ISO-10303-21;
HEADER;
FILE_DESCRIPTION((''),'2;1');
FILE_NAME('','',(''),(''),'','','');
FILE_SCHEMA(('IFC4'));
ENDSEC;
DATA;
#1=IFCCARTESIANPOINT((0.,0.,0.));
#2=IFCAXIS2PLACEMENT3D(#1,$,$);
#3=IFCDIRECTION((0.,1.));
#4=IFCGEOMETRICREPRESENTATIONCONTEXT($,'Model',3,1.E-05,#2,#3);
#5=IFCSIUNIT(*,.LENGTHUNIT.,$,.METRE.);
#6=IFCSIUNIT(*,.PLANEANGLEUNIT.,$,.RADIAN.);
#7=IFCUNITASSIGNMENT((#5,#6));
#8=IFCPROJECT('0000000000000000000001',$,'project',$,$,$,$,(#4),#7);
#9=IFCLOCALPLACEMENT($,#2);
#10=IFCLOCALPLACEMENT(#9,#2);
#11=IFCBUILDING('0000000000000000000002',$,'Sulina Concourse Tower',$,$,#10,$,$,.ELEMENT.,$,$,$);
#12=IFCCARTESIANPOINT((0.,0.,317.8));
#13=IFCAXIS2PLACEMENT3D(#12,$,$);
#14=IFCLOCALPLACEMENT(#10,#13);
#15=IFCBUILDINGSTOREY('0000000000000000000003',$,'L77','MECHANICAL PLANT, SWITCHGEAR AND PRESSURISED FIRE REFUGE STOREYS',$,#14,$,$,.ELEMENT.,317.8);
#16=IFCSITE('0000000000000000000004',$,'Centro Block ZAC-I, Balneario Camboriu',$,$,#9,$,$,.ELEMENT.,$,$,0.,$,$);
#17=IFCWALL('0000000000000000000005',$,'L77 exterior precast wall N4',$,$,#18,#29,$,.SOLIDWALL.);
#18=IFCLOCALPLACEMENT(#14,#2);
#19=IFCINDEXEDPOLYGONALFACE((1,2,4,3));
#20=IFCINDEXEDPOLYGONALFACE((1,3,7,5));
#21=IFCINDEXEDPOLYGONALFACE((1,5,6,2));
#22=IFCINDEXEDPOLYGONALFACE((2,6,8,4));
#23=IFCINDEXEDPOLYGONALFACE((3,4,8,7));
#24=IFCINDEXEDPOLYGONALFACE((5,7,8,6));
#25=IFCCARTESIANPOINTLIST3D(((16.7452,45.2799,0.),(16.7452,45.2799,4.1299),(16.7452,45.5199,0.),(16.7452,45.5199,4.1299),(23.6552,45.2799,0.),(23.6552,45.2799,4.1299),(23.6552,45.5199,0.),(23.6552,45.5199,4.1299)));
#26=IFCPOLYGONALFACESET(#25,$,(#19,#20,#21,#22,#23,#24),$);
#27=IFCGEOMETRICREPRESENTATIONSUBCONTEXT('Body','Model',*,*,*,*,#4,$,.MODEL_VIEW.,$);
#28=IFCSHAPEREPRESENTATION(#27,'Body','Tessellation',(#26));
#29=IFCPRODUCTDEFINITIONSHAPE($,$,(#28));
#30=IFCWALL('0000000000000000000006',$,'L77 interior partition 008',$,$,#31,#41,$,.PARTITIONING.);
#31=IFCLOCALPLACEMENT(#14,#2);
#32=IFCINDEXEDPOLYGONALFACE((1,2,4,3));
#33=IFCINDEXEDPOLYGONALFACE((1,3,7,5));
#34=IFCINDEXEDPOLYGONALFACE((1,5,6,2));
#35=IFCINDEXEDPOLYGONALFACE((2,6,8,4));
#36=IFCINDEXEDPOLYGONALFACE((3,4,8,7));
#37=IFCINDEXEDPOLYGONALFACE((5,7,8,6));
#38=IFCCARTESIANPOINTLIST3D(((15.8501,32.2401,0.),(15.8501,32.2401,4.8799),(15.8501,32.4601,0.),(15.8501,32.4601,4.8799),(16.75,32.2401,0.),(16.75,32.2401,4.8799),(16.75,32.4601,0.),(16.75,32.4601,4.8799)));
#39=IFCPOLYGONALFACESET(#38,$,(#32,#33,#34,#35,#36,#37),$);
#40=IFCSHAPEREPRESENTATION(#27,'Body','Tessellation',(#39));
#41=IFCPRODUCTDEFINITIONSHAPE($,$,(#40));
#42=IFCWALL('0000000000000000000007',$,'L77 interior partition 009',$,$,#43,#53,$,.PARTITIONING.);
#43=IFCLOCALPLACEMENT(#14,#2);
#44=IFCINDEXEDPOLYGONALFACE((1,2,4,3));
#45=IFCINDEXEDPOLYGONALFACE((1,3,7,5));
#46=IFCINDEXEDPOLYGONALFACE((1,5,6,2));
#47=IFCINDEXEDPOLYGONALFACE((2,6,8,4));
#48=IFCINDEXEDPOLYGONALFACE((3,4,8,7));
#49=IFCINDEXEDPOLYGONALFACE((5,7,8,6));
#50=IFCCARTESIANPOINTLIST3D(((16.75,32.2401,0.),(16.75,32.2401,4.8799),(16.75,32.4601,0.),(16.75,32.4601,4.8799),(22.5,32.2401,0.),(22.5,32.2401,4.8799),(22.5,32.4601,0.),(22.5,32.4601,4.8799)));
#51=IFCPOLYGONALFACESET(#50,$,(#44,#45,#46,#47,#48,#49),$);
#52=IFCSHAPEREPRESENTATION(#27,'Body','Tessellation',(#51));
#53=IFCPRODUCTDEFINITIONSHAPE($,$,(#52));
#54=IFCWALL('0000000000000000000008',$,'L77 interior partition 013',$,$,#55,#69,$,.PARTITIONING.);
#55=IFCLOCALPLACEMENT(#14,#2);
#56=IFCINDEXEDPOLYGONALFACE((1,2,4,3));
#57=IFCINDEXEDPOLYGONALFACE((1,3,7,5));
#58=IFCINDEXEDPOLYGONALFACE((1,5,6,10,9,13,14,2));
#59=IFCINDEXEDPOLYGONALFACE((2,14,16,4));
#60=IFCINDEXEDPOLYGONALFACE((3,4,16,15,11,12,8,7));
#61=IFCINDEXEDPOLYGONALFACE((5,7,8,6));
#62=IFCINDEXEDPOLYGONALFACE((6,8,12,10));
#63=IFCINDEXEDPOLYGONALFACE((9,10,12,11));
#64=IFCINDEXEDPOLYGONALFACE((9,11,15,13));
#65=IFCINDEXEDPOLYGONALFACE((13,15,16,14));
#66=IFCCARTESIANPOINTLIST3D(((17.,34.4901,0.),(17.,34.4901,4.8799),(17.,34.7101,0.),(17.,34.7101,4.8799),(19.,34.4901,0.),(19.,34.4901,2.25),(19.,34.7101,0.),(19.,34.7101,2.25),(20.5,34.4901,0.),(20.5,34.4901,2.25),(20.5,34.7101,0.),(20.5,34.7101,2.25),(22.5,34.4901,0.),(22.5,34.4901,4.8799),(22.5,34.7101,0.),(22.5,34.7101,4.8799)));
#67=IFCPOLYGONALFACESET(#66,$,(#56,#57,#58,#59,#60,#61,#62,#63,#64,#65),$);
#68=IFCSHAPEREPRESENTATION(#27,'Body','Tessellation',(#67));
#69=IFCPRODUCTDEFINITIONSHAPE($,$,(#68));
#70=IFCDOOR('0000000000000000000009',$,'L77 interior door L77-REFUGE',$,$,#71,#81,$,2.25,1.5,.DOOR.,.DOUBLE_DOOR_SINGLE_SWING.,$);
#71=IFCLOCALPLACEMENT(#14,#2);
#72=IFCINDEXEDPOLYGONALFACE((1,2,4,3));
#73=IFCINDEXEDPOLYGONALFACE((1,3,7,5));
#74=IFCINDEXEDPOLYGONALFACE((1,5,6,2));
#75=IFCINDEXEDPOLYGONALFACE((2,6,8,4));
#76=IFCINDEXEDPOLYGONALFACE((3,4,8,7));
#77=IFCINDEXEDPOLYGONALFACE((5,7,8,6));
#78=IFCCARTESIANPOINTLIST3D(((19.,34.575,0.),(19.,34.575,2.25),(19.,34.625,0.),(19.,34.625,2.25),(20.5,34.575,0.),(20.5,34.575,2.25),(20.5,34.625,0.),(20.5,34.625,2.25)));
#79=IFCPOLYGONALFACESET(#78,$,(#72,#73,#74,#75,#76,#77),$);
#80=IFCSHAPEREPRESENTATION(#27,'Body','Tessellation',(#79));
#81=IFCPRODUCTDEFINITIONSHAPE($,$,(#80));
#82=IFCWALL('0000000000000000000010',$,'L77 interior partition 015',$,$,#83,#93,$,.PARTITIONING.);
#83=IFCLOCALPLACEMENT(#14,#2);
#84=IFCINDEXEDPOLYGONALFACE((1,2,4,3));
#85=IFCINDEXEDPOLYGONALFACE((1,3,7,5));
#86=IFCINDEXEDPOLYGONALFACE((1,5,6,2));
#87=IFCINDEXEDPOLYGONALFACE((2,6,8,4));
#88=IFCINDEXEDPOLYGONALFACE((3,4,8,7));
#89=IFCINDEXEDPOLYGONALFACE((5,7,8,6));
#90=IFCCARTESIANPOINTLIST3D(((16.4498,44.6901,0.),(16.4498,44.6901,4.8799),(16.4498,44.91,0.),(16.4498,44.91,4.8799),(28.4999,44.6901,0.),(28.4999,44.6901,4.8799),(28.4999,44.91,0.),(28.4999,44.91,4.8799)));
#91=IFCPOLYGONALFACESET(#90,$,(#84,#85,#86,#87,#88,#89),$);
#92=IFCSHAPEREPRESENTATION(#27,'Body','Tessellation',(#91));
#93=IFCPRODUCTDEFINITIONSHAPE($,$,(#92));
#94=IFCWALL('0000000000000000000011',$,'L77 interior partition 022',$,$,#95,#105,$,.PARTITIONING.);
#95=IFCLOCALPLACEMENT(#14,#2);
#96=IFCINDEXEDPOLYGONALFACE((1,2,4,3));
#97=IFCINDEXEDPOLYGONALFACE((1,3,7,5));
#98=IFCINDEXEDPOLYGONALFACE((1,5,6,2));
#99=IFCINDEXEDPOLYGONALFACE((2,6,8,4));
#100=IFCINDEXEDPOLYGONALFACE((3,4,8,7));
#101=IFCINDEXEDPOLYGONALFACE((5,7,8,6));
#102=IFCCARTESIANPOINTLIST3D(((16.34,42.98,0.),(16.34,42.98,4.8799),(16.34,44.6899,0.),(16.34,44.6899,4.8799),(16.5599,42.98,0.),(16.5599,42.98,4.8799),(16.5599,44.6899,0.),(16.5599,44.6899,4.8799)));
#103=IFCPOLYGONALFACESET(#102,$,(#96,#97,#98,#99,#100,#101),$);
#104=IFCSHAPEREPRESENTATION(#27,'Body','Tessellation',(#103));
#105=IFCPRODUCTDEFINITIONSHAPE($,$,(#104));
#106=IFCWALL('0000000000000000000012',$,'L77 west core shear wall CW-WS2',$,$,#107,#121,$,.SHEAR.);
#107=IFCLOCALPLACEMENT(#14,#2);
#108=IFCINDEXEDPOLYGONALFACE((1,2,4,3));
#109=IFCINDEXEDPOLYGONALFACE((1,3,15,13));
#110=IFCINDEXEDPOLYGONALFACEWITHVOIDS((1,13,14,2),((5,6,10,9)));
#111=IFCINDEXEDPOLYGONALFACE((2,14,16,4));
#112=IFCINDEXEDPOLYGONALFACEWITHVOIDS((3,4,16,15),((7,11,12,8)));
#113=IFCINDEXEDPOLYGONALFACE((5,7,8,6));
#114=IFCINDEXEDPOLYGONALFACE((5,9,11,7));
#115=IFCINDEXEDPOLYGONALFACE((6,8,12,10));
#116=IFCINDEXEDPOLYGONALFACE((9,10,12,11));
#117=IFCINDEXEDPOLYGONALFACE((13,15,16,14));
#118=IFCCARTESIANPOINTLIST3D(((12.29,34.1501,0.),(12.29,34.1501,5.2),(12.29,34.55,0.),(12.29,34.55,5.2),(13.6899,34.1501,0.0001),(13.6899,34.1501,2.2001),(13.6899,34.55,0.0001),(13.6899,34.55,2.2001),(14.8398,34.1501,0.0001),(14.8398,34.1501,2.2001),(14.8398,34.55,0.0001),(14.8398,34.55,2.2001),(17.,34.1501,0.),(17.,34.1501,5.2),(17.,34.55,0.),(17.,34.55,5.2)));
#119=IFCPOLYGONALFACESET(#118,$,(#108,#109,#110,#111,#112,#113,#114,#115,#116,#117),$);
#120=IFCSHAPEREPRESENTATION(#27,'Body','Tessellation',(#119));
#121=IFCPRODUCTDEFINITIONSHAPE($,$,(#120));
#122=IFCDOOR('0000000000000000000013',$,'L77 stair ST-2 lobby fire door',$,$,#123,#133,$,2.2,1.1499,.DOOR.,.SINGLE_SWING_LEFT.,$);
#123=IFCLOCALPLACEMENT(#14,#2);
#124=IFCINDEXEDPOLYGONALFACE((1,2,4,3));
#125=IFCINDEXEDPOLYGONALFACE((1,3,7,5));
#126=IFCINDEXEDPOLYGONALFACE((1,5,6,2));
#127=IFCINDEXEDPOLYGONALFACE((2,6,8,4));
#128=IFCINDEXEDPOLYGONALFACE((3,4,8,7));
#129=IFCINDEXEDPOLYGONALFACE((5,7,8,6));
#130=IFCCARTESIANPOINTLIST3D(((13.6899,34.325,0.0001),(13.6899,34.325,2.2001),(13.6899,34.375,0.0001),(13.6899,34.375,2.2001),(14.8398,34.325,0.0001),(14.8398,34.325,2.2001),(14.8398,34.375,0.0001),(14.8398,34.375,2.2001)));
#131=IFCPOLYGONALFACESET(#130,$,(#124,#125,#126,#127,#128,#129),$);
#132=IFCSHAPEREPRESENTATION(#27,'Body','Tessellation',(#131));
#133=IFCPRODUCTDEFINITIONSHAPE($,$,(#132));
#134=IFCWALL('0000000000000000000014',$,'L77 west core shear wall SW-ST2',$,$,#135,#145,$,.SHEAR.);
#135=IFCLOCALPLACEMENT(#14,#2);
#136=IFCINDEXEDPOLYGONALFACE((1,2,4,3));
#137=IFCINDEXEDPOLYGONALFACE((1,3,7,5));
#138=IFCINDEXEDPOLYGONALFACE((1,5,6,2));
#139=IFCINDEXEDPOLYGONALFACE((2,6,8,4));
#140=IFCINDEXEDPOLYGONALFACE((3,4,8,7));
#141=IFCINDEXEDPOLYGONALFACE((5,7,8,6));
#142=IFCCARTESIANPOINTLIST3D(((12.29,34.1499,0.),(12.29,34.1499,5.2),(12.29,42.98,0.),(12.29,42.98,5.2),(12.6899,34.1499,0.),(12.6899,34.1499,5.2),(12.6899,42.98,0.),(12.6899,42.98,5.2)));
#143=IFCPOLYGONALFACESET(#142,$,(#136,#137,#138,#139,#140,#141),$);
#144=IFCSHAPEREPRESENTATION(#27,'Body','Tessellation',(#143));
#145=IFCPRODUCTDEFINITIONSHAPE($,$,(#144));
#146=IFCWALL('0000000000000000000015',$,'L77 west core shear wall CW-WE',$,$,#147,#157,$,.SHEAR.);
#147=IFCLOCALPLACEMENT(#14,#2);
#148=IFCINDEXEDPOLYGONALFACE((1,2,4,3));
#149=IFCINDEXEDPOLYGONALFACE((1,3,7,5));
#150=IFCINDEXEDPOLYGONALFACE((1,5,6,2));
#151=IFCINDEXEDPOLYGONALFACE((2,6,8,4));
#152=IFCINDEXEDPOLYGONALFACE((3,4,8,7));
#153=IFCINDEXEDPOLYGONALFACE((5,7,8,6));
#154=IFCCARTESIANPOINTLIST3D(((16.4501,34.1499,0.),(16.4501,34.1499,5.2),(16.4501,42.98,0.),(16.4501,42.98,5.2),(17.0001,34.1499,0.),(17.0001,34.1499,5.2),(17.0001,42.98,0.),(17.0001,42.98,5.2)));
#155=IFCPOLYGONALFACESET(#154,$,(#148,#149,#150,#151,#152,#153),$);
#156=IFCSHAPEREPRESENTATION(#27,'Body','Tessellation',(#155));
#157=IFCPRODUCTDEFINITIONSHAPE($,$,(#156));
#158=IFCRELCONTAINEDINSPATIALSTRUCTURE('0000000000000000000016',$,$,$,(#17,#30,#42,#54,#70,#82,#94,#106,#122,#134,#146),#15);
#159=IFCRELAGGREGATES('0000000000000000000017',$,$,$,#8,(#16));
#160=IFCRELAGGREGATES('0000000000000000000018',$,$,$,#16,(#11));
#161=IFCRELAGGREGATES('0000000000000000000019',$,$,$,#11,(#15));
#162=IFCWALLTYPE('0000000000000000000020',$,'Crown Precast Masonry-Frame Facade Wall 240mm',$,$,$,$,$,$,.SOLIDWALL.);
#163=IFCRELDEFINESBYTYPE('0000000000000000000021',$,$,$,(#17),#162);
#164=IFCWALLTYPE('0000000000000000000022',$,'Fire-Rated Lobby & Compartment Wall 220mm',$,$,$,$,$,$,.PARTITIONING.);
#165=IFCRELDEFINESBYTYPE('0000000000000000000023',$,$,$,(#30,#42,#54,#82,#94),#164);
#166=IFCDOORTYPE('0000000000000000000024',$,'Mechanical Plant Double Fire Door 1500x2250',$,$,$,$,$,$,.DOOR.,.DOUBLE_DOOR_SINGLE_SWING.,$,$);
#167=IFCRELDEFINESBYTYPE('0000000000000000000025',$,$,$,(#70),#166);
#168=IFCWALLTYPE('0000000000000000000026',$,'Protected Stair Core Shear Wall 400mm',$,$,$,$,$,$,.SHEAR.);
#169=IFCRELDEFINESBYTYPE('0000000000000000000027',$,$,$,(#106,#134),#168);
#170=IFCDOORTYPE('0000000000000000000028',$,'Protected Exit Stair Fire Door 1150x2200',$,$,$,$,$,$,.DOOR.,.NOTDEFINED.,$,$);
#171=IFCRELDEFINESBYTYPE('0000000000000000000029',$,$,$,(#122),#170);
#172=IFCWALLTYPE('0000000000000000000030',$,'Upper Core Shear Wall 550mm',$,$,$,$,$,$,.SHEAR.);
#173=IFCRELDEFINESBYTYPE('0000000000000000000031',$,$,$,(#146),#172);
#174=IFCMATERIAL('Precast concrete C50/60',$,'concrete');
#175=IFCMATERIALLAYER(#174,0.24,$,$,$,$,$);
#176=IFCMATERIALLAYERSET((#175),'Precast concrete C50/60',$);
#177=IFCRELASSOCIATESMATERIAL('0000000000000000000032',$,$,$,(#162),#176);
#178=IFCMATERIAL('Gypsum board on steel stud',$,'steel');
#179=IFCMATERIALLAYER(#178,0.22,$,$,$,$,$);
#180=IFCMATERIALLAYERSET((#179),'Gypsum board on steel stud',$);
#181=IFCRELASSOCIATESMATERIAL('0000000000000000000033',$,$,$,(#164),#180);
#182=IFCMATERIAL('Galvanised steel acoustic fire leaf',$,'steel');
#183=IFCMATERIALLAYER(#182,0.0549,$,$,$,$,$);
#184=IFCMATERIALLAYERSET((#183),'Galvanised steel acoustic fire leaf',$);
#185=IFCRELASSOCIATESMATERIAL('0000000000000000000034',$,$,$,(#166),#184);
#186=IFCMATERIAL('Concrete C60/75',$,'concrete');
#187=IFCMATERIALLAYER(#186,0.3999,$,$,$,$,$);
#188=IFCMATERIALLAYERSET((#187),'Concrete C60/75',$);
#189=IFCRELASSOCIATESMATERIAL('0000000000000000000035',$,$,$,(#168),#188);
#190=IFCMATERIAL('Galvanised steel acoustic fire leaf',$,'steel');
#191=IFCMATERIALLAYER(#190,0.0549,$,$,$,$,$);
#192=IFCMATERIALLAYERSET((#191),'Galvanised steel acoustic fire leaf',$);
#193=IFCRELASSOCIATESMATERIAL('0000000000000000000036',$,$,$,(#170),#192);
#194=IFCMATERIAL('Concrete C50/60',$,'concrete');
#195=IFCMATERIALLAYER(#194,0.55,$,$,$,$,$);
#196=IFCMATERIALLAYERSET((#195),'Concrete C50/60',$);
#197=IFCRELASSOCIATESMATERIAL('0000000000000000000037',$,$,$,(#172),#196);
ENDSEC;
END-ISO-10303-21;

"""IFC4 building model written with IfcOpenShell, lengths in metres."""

from ifc_helpers import new_model, si_unit, direction, frame, frame_2d, origin, place, context, subcontext, project, spatial, rectangle, extrude, material, layer, layer_set, type_object, element, fill, save


model = new_model("IFC4")

# Units and contexts
model_context = context("Model", 3, precision=1e-05, world=origin(), true_north=direction((0.0, 1.0)))
body_context = subcontext(model_context, "Body", "Model", "MODEL_VIEW")
ifc_project = project(units=[si_unit("LENGTHUNIT", "METRE"), si_unit("PLANEANGLEUNIT", "RADIAN")], contexts=[model_context])

# Site, building, storey
site_placement = place(None, origin())
site = spatial("IfcSite", under=ifc_project, at=site_placement, Name="Centro Block ZAC-I, Balneario Camboriu", CompositionType="ELEMENT", RefElevation=0.0)
building_placement = place(site_placement, origin())
building = spatial("IfcBuilding", under=site, at=building_placement, Name="Sulina Concourse Tower", CompositionType="ELEMENT")
storey_placement = place(building_placement, frame((0.0, 0.0, 317.8)))
storey = spatial("IfcBuildingStorey", under=building, at=storey_placement, Name="L77", Description="MECHANICAL PLANT, SWITCHGEAR AND PRESSURISED FIRE REFUGE STOREYS", CompositionType="ELEMENT", Elevation=317.8)

# Walls
ifc_material_1 = material(Name="Precast concrete C50/60", Category="concrete")
ifc_layer_1 = layer(ifc_material_1, 0.24)
ifc_layer_set_1 = layer_set([ifc_layer_1], Name="Precast concrete C50/60")
wall_type_1 = type_object("IfcWallType", Name="Crown Precast Masonry-Frame Facade Wall 240mm", PredefinedType="SOLIDWALL", material=ifc_layer_set_1)
wall_1_placement = place(storey_placement, frame((16.7451, 45.3999, 0.0), z_axis=(0.0, 0.0, 1.0), x_axis=(1.0, 0.0, 0.0)))
element("IfcWall", 1, at=wall_1_placement, inside=storey, type_object=wall_type_1, Name="L77 exterior precast wall N4", PredefinedType="SOLIDWALL", context=body_context, shape_type="SweptSolid", body=[
    extrude(rectangle(XDim=6.9099, YDim=0.24, at=frame_2d((3.4551, 0.0))), origin(), (0.0, 0.0, 1.0), 4.1299),
])
ifc_material_2 = material(Name="Gypsum board on steel stud", Category="steel")
ifc_layer_2 = layer(ifc_material_2, 0.22)
ifc_layer_set_2 = layer_set([ifc_layer_2], Name="Gypsum board on steel stud")
wall_type_2 = type_object("IfcWallType", Name="Fire-Rated Lobby & Compartment Wall 220mm", PredefinedType="PARTITIONING", material=ifc_layer_set_2)
wall_2_placement = place(storey_placement, frame((15.8501, 32.3501, 0.0), z_axis=(0.0, 0.0, 1.0), x_axis=(1.0, 0.0, 0.0)))
element("IfcWall", 2, at=wall_2_placement, inside=storey, type_object=wall_type_2, Name="L77 interior partition 008", PredefinedType="PARTITIONING", context=body_context, shape_type="SweptSolid", body=[
    extrude(rectangle(XDim=0.8999, YDim=0.22, at=frame_2d((0.45, 0.0))), origin(), (0.0, 0.0, 1.0), 4.8799),
])
wall_3_placement = place(storey_placement, frame((16.75, 32.3501, 0.0), z_axis=(0.0, 0.0, 1.0), x_axis=(1.0, 0.0, 0.0)))
element("IfcWall", 3, at=wall_3_placement, inside=storey, type_object=wall_type_2, Name="L77 interior partition 009", PredefinedType="PARTITIONING", context=body_context, shape_type="SweptSolid", body=[
    extrude(rectangle(XDim=5.75, YDim=0.22, at=frame_2d((2.875, 0.0))), origin(), (0.0, 0.0, 1.0), 4.8799),
])

# Wall, opening, door
wall_4_placement = place(storey_placement, frame((17.0, 34.6001, 0.0), z_axis=(0.0, 0.0, 1.0), x_axis=(1.0, 0.0, 0.0)))
wall_4 = element("IfcWall", 4, at=wall_4_placement, inside=storey, type_object=wall_type_2, Name="L77 interior partition 013", PredefinedType="PARTITIONING", context=body_context, shape_type="SweptSolid", body=[
    extrude(rectangle(XDim=5.5, YDim=0.22, at=frame_2d((2.75, 0.0))), origin(), (0.0, 0.0, 1.0), 4.8799),
])
opening_1_placement = place(wall_4_placement, frame((2.0, 0.0, 0.0)))
opening_1 = element("IfcOpeningElement", 5, at=opening_1_placement, cuts=wall_4, PredefinedType="OPENING", context=body_context, shape_type="SweptSolid", body=[
    extrude(rectangle(XDim=1.5, YDim=2.25, at=frame_2d((0.75, 1.125))), frame((0.0, 0.1199, 0.0), z_axis=(0.0, -1.0, 0.0), x_axis=(1.0, 0.0, 0.0)), (0.0, 0.0, 1.0), 0.24),
])
ifc_material_3 = material(Name="Galvanised steel acoustic fire leaf", Category="steel")
ifc_layer_3 = layer(ifc_material_3, 0.0549)
ifc_layer_set_3 = layer_set([ifc_layer_3], Name="Galvanised steel acoustic fire leaf")
door_type_1 = type_object("IfcDoorType", Name="Mechanical Plant Double Fire Door 1500x2250", OperationType="DOUBLE_DOOR_SINGLE_SWING", PredefinedType="DOOR", material=ifc_layer_set_3)
door_1_placement = place(opening_1_placement, origin())
door_1 = element("IfcDoor", 6, at=door_1_placement, inside=storey, type_object=door_type_1, Name="L77 interior door L77-REFUGE", OperationType="DOUBLE_DOOR_SINGLE_SWING", OverallHeight=2.25, OverallWidth=1.5, PredefinedType="DOOR", context=body_context, shape_type="SweptSolid", body=[
    extrude(rectangle(XDim=1.5, YDim=2.25, at=frame_2d((0.75, 1.125))), frame((0.0, 0.0249, 0.0), z_axis=(0.0, -1.0, 0.0), x_axis=(1.0, 0.0, 0.0)), (0.0, 0.0, 1.0), 0.05),
])
fill(opening_1, door_1)

# Walls
wall_5_placement = place(storey_placement, frame((16.45, 44.8, 0.0), z_axis=(0.0, 0.0, 1.0), x_axis=(1.0, 0.0, 0.0)))
element("IfcWall", 7, at=wall_5_placement, inside=storey, type_object=wall_type_2, Name="L77 interior partition 015", PredefinedType="PARTITIONING", context=body_context, shape_type="SweptSolid", body=[
    extrude(rectangle(XDim=12.05, YDim=0.22, at=frame_2d((6.0249, 0.0))), origin(), (0.0, 0.0, 1.0), 4.8799),
])
wall_6_placement = place(storey_placement, frame((16.45, 42.98, 0.0), z_axis=(0.0, 0.0, 1.0), x_axis=(0.0, 1.0, 0.0)))
element("IfcWall", 8, at=wall_6_placement, inside=storey, type_object=wall_type_2, Name="L77 interior partition 022", PredefinedType="PARTITIONING", context=body_context, shape_type="SweptSolid", body=[
    extrude(rectangle(XDim=1.71, YDim=0.22, at=frame_2d((0.855, 0.0))), origin(), (0.0, 0.0, 1.0), 4.8799),
])

# Wall, opening, door
ifc_material_4 = material(Name="Concrete C60/75", Category="concrete")
ifc_layer_4 = layer(ifc_material_4, 0.3999)
ifc_layer_set_4 = layer_set([ifc_layer_4], Name="Concrete C60/75")
wall_type_3 = type_object("IfcWallType", Name="Protected Stair Core Shear Wall 400mm", PredefinedType="SHEAR", material=ifc_layer_set_4)
wall_7_placement = place(storey_placement, frame((12.29, 34.3501, 0.0), z_axis=(0.0, 0.0, 1.0), x_axis=(1.0, 0.0, 0.0)))
wall_7 = element("IfcWall", 9, at=wall_7_placement, inside=storey, type_object=wall_type_3, Name="L77 west core shear wall CW-WS2", PredefinedType="SHEAR", context=body_context, shape_type="SweptSolid", body=[
    extrude(rectangle(XDim=4.71, YDim=0.3999, at=frame_2d((2.355, 0.0))), origin(), (0.0, 0.0, 1.0), 5.2),
])
opening_2_placement = place(wall_7_placement, frame((1.3999, 0.0, 0.0)))
opening_2 = element("IfcOpeningElement", 10, at=opening_2_placement, cuts=wall_7, PredefinedType="OPENING", context=body_context, shape_type="SweptSolid", body=[
    extrude(rectangle(XDim=1.1499, YDim=2.2, at=frame_2d((0.575, 1.1001))), frame((0.0, 0.21, 0.0), z_axis=(0.0, -1.0, 0.0), x_axis=(1.0, 0.0, 0.0)), (0.0, 0.0, 1.0), 0.4199),
])
ifc_material_5 = material(Name="Galvanised steel acoustic fire leaf", Category="steel")
ifc_layer_5 = layer(ifc_material_5, 0.0549)
ifc_layer_set_5 = layer_set([ifc_layer_5], Name="Galvanised steel acoustic fire leaf")
door_type_2 = type_object("IfcDoorType", Name="Protected Exit Stair Fire Door 1150x2200", OperationType="NOTDEFINED", PredefinedType="DOOR", material=ifc_layer_set_5)
door_2_placement = place(opening_2_placement, origin())
door_2 = element("IfcDoor", 11, at=door_2_placement, inside=storey, type_object=door_type_2, Name="L77 stair ST-2 lobby fire door", OperationType="SINGLE_SWING_LEFT", OverallHeight=2.2, OverallWidth=1.1499, PredefinedType="DOOR", context=body_context, shape_type="SweptSolid", body=[
    extrude(rectangle(XDim=1.1499, YDim=2.2, at=frame_2d((0.575, 1.1001))), frame((0.0, 0.0249, 0.0), z_axis=(0.0, -1.0, 0.0), x_axis=(1.0, 0.0, 0.0)), (0.0, 0.0, 1.0), 0.05),
])
fill(opening_2, door_2)

# Walls
wall_8_placement = place(storey_placement, frame((12.49, 34.1499, 0.0), z_axis=(0.0, 0.0, 1.0), x_axis=(0.0, 1.0, 0.0)))
element("IfcWall", 12, at=wall_8_placement, inside=storey, type_object=wall_type_3, Name="L77 west core shear wall SW-ST2", PredefinedType="SHEAR", context=body_context, shape_type="SweptSolid", body=[
    extrude(rectangle(XDim=8.8301, YDim=0.3999, at=frame_2d((4.415, 0.0))), origin(), (0.0, 0.0, 1.0), 5.2),
])
ifc_material_6 = material(Name="Concrete C50/60", Category="concrete")
ifc_layer_6 = layer(ifc_material_6, 0.55)
ifc_layer_set_6 = layer_set([ifc_layer_6], Name="Concrete C50/60")
wall_type_4 = type_object("IfcWallType", Name="Upper Core Shear Wall 550mm", PredefinedType="SHEAR", material=ifc_layer_set_6)
wall_9_placement = place(storey_placement, frame((16.7251, 34.1499, 0.0), z_axis=(0.0, 0.0, 1.0), x_axis=(0.0, 1.0, 0.0)))
element("IfcWall", 13, at=wall_9_placement, inside=storey, type_object=wall_type_4, Name="L77 west core shear wall CW-WE", PredefinedType="SHEAR", context=body_context, shape_type="SweptSolid", body=[
    extrude(rectangle(XDim=8.8301, YDim=0.55, at=frame_2d((4.415, 0.0))), origin(), (0.0, 0.0, 1.0), 5.2),
])

save(model, "model.ifc")
